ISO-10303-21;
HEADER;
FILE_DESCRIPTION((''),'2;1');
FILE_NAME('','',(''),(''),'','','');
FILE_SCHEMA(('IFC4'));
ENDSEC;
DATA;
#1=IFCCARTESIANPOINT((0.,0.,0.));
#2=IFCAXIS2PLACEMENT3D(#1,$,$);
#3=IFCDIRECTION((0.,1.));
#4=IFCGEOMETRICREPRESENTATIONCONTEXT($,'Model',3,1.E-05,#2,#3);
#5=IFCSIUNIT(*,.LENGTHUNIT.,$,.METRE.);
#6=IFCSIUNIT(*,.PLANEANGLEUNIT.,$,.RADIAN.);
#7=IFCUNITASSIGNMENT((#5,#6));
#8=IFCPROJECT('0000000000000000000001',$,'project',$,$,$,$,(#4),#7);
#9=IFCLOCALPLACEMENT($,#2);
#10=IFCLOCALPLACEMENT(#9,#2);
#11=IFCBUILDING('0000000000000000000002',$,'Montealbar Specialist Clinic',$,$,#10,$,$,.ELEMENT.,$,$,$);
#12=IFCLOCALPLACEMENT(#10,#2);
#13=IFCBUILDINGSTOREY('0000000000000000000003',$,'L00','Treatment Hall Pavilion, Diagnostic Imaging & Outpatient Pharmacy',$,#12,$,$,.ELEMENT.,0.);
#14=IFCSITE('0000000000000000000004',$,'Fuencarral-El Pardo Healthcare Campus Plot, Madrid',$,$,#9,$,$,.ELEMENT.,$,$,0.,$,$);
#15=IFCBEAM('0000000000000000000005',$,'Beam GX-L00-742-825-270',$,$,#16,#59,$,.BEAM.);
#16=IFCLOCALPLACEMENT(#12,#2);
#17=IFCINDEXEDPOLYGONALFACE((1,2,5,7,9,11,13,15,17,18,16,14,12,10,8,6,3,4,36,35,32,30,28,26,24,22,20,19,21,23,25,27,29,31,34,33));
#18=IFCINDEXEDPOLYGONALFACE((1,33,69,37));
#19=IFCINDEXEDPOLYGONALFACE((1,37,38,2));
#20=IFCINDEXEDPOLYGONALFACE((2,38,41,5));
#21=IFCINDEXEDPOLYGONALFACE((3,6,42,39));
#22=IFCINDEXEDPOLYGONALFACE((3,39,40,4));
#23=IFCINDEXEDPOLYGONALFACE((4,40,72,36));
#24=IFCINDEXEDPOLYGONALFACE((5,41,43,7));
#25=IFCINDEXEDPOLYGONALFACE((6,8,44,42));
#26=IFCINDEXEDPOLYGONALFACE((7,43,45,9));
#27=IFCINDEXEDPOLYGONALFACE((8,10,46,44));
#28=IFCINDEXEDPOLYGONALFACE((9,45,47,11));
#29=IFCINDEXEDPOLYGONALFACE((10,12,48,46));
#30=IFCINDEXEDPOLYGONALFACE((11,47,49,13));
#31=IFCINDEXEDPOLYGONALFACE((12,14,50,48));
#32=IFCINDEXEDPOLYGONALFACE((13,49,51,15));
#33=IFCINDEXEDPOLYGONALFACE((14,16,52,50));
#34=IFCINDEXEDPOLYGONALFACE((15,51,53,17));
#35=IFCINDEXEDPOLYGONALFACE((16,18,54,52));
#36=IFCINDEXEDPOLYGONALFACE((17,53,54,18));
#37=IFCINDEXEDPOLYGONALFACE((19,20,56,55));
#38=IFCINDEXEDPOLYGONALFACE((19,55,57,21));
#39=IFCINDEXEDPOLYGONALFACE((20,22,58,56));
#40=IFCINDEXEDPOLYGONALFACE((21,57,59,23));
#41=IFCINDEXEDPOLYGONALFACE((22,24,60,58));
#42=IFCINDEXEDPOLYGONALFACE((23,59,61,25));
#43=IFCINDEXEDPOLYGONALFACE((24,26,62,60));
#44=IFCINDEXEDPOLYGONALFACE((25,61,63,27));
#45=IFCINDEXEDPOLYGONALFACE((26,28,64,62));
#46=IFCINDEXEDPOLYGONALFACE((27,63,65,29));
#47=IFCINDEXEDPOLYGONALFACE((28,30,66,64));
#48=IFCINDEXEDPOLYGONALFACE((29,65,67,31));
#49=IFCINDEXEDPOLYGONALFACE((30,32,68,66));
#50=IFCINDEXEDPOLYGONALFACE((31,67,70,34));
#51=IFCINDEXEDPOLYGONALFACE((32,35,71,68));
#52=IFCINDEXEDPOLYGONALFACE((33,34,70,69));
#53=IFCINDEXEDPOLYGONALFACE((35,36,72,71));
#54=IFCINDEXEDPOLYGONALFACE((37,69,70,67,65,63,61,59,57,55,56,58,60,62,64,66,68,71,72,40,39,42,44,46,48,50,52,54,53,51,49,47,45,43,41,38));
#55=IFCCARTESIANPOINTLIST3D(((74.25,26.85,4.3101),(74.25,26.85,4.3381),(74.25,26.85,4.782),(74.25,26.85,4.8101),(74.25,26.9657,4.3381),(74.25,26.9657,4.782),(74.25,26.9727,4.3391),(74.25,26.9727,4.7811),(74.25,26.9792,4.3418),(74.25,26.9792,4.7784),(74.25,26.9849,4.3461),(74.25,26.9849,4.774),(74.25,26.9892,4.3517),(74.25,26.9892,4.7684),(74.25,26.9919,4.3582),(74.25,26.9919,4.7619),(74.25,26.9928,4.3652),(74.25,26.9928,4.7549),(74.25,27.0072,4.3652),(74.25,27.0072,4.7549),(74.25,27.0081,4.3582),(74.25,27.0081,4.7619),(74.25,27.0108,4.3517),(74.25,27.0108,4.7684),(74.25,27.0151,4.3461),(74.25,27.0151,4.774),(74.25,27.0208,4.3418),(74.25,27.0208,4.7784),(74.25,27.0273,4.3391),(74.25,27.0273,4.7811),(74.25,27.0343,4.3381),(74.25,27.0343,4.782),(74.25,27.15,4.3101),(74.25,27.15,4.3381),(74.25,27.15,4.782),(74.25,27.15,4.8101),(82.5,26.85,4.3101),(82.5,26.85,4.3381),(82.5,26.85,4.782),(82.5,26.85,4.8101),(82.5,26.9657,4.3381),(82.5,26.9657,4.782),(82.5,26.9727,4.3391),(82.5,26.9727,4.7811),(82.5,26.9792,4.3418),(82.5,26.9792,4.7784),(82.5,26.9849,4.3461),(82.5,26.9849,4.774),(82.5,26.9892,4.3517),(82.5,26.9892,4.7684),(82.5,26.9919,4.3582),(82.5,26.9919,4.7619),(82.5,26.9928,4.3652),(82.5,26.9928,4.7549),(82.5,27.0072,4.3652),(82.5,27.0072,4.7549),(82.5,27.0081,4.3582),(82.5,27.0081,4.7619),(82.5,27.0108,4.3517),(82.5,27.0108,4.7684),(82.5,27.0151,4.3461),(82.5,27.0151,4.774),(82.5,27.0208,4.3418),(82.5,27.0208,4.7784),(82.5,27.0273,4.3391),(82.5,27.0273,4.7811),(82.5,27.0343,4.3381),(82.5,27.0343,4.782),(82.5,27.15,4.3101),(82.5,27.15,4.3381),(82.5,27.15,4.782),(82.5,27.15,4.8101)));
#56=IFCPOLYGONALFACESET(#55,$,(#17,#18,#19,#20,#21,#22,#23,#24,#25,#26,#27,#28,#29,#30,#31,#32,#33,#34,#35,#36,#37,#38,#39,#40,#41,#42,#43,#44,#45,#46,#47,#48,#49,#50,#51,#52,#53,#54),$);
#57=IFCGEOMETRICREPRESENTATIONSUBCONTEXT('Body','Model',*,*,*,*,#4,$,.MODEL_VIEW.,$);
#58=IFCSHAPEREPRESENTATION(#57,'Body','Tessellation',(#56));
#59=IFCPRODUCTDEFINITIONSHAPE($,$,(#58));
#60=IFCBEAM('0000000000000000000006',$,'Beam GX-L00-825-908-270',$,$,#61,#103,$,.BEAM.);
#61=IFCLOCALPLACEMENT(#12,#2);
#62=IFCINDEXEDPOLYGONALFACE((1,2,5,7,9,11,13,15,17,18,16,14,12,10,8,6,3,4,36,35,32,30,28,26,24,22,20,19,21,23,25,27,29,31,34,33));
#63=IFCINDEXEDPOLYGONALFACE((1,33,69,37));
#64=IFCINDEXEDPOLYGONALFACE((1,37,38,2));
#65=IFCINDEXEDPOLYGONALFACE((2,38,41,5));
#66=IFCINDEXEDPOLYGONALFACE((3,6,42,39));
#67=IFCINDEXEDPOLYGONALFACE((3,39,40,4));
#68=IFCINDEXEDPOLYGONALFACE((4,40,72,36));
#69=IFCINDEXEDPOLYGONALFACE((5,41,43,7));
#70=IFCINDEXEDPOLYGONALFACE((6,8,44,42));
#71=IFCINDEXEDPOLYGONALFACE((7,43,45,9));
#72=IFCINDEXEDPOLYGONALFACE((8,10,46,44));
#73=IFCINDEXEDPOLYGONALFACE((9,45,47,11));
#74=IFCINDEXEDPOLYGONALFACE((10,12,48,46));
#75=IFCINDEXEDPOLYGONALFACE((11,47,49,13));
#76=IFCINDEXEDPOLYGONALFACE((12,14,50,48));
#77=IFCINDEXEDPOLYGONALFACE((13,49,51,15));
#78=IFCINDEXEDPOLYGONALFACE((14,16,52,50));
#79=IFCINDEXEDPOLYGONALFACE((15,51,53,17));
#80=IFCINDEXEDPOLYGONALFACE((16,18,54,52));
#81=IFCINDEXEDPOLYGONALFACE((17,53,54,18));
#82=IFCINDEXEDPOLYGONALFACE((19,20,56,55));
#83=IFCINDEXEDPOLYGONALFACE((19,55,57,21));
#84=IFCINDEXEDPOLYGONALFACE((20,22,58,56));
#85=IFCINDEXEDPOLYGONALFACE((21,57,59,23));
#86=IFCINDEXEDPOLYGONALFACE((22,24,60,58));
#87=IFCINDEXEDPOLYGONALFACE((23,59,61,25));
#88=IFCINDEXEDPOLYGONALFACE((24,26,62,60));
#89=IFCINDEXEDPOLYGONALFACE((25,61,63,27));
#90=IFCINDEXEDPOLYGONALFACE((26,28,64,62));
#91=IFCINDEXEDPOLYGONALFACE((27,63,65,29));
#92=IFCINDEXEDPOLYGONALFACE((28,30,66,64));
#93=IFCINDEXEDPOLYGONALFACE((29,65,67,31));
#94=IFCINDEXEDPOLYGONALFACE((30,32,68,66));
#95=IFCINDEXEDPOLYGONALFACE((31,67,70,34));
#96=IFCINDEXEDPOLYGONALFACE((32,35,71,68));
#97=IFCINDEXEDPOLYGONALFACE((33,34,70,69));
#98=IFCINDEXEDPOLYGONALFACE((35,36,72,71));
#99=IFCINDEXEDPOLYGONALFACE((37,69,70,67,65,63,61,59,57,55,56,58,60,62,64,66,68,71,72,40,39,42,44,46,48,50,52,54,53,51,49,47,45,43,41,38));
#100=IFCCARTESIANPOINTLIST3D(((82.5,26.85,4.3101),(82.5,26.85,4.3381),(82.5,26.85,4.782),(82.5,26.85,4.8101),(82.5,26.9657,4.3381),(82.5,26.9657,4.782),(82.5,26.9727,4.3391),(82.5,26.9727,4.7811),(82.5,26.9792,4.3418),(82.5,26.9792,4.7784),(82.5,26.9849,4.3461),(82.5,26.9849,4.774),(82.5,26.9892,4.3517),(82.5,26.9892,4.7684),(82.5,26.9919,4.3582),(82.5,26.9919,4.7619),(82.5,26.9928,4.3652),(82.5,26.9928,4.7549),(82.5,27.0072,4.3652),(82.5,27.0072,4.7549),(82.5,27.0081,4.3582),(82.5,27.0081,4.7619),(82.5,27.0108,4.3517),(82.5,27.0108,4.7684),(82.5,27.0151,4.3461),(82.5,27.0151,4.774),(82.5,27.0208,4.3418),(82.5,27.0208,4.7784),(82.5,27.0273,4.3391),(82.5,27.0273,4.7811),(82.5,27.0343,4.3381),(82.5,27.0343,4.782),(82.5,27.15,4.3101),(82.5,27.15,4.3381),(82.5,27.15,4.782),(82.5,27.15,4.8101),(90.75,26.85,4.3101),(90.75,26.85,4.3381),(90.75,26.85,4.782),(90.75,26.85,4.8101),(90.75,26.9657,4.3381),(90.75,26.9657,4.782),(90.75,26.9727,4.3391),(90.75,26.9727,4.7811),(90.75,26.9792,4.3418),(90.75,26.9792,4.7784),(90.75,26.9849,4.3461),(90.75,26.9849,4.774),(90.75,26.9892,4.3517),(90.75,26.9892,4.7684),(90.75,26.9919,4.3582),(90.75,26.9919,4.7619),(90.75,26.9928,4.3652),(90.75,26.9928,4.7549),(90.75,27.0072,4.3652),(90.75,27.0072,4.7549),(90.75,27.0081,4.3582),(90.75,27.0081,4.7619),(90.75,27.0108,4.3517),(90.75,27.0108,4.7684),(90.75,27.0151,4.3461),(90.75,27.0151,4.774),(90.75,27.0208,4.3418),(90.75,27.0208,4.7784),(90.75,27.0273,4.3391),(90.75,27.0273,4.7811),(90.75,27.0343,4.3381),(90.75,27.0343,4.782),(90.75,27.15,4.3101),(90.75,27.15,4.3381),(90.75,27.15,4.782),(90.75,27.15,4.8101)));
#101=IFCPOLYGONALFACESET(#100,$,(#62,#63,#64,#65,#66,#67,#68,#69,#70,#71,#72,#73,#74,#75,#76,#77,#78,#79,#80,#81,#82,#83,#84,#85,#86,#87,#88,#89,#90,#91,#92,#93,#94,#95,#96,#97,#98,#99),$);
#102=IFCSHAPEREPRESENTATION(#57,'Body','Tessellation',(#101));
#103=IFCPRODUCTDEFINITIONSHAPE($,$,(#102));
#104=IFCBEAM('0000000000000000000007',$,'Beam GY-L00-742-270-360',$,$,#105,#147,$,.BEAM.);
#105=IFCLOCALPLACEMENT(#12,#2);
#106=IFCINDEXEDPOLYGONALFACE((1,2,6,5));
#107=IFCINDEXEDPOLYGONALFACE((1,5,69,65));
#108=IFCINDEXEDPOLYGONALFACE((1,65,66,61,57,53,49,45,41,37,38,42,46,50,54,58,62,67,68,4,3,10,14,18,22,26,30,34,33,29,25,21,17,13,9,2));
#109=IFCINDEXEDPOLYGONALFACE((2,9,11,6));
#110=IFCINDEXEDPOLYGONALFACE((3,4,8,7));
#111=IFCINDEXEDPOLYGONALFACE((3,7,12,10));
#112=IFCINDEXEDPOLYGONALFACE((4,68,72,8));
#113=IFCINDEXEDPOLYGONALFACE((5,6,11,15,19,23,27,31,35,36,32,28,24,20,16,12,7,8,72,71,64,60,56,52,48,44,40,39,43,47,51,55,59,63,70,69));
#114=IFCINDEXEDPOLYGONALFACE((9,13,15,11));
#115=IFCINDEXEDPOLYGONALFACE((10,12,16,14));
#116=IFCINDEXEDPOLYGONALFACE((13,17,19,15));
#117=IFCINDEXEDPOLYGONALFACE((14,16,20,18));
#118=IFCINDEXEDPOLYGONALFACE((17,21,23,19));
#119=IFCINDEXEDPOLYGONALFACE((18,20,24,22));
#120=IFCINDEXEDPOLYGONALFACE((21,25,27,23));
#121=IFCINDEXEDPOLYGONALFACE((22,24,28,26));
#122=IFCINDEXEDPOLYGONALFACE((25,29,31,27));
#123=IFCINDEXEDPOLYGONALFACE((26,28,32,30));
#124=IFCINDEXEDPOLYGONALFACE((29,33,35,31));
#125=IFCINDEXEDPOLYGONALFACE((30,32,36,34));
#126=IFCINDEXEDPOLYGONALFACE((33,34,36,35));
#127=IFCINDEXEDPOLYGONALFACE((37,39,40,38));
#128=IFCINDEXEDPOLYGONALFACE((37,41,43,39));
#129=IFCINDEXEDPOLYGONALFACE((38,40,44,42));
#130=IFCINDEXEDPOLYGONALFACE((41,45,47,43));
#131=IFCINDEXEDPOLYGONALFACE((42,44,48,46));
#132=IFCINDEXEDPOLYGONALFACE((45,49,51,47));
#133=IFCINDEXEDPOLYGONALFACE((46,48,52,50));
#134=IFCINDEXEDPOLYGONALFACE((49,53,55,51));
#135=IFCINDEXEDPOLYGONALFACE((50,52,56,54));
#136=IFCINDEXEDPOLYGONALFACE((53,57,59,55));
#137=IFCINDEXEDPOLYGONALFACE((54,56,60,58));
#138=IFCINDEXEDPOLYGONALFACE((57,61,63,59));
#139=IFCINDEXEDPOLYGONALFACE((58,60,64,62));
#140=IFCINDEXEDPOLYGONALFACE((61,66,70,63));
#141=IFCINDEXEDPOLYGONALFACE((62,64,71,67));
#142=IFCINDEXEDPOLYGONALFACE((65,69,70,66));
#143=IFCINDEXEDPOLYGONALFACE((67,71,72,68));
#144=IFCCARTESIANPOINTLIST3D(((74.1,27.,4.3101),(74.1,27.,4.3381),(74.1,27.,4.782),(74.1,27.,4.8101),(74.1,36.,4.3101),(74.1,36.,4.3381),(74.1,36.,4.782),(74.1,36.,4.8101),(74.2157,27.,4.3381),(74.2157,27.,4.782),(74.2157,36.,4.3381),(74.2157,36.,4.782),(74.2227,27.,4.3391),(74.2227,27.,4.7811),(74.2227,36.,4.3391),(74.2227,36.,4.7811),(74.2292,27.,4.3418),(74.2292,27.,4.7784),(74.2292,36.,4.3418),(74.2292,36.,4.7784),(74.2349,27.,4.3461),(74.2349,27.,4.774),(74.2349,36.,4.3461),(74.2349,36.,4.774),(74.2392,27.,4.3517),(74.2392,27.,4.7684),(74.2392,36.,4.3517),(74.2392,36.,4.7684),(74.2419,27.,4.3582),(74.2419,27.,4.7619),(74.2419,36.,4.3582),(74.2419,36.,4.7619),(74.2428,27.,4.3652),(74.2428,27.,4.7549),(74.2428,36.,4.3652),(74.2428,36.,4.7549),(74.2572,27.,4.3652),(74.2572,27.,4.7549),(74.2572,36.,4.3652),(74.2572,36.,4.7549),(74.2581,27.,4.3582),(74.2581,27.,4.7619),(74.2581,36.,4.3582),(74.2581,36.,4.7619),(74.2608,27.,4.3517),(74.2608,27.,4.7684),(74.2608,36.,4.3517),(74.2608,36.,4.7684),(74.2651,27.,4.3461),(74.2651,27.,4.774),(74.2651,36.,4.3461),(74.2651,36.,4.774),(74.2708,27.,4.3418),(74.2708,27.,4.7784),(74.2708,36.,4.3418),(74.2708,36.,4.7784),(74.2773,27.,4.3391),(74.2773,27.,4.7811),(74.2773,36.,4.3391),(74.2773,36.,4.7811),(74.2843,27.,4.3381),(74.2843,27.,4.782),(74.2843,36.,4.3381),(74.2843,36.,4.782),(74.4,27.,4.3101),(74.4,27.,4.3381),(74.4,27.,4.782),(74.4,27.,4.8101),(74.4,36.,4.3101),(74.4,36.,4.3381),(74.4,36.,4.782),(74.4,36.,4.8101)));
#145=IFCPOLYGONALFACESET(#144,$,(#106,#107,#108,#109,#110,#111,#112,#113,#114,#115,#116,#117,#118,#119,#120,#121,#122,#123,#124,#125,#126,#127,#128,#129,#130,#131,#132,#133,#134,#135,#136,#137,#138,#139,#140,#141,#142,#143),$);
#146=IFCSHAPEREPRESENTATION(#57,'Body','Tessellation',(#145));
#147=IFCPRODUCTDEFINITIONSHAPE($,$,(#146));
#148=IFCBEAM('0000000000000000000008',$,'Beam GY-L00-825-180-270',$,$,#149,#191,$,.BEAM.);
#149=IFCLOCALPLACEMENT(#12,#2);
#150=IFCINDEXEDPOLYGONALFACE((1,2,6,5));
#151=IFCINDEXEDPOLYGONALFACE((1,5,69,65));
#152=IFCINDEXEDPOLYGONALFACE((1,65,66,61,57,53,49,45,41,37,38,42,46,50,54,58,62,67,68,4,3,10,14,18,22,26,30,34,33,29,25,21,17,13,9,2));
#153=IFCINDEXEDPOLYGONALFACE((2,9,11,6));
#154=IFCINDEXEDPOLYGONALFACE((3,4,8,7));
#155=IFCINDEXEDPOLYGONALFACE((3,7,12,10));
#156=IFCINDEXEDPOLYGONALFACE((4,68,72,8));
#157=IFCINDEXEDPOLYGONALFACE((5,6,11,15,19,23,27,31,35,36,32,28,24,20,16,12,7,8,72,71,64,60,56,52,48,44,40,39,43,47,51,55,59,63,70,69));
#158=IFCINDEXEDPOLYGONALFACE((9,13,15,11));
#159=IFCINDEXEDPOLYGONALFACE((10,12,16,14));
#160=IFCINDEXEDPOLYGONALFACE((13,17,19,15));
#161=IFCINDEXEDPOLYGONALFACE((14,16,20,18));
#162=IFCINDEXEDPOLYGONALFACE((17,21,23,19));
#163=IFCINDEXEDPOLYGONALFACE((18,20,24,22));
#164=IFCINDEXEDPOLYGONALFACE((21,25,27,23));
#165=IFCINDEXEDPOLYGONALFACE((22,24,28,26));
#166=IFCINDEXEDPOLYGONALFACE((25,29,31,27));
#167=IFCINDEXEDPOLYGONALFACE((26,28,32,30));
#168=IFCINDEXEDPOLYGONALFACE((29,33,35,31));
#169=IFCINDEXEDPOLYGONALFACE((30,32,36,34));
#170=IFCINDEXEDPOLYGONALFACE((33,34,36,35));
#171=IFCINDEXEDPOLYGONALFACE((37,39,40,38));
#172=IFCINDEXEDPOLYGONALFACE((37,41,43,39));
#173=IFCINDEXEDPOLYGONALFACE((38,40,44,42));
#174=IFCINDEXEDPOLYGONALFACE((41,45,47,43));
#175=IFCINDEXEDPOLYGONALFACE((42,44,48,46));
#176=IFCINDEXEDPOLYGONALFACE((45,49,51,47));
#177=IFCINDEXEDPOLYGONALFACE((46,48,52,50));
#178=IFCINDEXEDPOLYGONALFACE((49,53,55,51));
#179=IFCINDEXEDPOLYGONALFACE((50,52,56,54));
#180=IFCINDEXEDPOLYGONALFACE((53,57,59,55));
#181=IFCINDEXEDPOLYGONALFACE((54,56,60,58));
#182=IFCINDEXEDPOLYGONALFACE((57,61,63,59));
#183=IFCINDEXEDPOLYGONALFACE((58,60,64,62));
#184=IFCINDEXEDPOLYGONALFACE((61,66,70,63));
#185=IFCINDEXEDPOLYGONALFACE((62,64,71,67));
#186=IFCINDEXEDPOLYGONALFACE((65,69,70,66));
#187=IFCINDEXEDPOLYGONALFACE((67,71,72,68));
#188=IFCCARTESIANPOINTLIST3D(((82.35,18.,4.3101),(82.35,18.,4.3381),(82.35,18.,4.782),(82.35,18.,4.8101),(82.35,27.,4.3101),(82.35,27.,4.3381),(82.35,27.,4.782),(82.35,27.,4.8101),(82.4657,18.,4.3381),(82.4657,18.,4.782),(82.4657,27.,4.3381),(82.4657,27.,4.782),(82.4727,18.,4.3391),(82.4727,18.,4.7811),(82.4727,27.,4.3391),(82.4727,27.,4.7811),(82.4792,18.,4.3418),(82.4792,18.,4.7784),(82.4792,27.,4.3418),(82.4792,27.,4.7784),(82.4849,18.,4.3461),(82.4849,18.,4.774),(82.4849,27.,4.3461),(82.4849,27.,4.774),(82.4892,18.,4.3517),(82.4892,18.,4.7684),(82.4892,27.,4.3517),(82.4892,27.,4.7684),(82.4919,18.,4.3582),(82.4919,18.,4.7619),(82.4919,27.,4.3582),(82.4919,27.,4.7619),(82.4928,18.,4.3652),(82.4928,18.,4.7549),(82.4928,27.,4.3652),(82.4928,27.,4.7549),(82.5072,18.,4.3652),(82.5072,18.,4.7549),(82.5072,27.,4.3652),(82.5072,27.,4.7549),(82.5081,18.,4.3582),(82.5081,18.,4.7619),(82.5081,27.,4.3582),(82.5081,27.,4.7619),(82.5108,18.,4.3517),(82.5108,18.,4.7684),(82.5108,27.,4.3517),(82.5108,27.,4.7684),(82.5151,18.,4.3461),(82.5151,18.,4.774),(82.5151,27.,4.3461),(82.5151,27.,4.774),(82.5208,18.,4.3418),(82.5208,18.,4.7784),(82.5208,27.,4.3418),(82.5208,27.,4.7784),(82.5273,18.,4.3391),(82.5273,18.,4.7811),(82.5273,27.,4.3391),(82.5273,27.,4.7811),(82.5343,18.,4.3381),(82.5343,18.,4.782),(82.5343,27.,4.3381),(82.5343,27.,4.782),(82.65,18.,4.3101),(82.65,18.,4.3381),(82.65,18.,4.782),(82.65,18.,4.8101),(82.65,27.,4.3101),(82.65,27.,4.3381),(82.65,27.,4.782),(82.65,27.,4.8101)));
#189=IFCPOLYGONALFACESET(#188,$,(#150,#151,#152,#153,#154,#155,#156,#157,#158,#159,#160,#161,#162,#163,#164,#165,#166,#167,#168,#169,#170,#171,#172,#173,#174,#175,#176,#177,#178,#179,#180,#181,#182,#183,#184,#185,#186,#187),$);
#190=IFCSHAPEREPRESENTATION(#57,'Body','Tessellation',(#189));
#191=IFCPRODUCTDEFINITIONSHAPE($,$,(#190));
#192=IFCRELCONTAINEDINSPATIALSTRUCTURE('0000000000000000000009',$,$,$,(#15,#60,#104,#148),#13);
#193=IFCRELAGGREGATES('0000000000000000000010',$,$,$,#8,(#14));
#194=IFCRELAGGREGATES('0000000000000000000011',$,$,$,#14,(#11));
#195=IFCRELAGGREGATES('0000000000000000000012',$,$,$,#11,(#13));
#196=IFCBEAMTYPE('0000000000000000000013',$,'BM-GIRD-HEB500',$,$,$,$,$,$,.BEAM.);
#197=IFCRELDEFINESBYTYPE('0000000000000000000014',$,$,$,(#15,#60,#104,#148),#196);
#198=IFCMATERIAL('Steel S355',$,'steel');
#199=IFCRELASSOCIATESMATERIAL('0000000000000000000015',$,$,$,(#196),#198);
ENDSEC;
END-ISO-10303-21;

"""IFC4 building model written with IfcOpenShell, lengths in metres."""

from ifc_helpers import new_model, si_unit, direction, frame, origin, origin_2d, place, context, subcontext, project, spatial, i_section, extrude, material, material_profile, profile_set, type_object, element, save


model = new_model("IFC4")

# Units and contexts
model_context = context("Model", 3, precision=1e-05, world=origin(), true_north=direction((0.0, 1.0)))
body_context = subcontext(model_context, "Body", "Model", "MODEL_VIEW")
ifc_project = project(units=[si_unit("LENGTHUNIT", "METRE"), si_unit("PLANEANGLEUNIT", "RADIAN")], contexts=[model_context])

# Site, building, storey
site_placement = place(None, origin())
site = spatial("IfcSite", under=ifc_project, at=site_placement, Name="Fuencarral-El Pardo Healthcare Campus Plot, Madrid", CompositionType="ELEMENT", RefElevation=0.0)
building_placement = place(site_placement, origin())
building = spatial("IfcBuilding", under=site, at=building_placement, Name="Montealbar Specialist Clinic", CompositionType="ELEMENT")
storey_placement = place(building_placement, origin())
storey = spatial("IfcBuildingStorey", under=building, at=storey_placement, Name="L00", Description="Treatment Hall Pavilion, Diagnostic Imaging & Outpatient Pharmacy", CompositionType="ELEMENT", Elevation=0.0)

# Shared definitions
ifc_material_1 = material(Name="Steel S355", Category="steel")

# Beams
ifc_material_profile_1 = material_profile(ifc_material_1, i_section(OverallWidth=0.3, OverallDepth=0.5, WebThickness=0.0144, FlangeThickness=0.0281, FilletRadius=0.0271, at=origin_2d()), Name="HEB 500", Category="steel")
ifc_profile_set_1 = profile_set([ifc_material_profile_1], Name="Steel S355")
beam_type_1 = type_object("IfcBeamType", Name="BM-GIRD-HEB500", PredefinedType="BEAM", material=ifc_profile_set_1)
for number, where, z_axis, x_axis, name in (
    (1, (74.25, 27.0, 4.5601), (1.0, 0.0, 0.0), (0.0, 1.0, 0.0), "Beam GX-L00-742-825-270"),
    (2, (82.5, 27.0, 4.5601), (1.0, 0.0, 0.0), (0.0, 1.0, 0.0), "Beam GX-L00-825-908-270"),
):
    element("IfcBeam", number, at=place(storey_placement, frame(where, z_axis=z_axis, x_axis=x_axis)), inside=storey, type_object=beam_type_1, Name=name, PredefinedType="BEAM", context=body_context, shape_type="SweptSolid", body=[
        extrude(i_section(OverallWidth=0.3, OverallDepth=0.5, WebThickness=0.0144, FlangeThickness=0.0281, FilletRadius=0.0271, at=origin_2d()), origin(), (0.0, 0.0, 1.0), 8.25),
    ])
for number, where, z_axis, x_axis, name in (
    (3, (74.25, 27.0, 4.5601), (0.0, 1.0, 0.0), (-1.0, 0.0, 0.0), "Beam GY-L00-742-270-360"),
    (4, (82.5, 18.0, 4.5601), (0.0, 1.0, 0.0), (-1.0, 0.0, 0.0), "Beam GY-L00-825-180-270"),
):
    element("IfcBeam", number, at=place(storey_placement, frame(where, z_axis=z_axis, x_axis=x_axis)), inside=storey, type_object=beam_type_1, Name=name, PredefinedType="BEAM", context=body_context, shape_type="SweptSolid", body=[
        extrude(i_section(OverallWidth=0.3, OverallDepth=0.5, WebThickness=0.0144, FlangeThickness=0.0281, FilletRadius=0.0271, at=origin_2d()), origin(), (0.0, 0.0, 1.0), 9.0),
    ])

save(model, "model.ifc")
